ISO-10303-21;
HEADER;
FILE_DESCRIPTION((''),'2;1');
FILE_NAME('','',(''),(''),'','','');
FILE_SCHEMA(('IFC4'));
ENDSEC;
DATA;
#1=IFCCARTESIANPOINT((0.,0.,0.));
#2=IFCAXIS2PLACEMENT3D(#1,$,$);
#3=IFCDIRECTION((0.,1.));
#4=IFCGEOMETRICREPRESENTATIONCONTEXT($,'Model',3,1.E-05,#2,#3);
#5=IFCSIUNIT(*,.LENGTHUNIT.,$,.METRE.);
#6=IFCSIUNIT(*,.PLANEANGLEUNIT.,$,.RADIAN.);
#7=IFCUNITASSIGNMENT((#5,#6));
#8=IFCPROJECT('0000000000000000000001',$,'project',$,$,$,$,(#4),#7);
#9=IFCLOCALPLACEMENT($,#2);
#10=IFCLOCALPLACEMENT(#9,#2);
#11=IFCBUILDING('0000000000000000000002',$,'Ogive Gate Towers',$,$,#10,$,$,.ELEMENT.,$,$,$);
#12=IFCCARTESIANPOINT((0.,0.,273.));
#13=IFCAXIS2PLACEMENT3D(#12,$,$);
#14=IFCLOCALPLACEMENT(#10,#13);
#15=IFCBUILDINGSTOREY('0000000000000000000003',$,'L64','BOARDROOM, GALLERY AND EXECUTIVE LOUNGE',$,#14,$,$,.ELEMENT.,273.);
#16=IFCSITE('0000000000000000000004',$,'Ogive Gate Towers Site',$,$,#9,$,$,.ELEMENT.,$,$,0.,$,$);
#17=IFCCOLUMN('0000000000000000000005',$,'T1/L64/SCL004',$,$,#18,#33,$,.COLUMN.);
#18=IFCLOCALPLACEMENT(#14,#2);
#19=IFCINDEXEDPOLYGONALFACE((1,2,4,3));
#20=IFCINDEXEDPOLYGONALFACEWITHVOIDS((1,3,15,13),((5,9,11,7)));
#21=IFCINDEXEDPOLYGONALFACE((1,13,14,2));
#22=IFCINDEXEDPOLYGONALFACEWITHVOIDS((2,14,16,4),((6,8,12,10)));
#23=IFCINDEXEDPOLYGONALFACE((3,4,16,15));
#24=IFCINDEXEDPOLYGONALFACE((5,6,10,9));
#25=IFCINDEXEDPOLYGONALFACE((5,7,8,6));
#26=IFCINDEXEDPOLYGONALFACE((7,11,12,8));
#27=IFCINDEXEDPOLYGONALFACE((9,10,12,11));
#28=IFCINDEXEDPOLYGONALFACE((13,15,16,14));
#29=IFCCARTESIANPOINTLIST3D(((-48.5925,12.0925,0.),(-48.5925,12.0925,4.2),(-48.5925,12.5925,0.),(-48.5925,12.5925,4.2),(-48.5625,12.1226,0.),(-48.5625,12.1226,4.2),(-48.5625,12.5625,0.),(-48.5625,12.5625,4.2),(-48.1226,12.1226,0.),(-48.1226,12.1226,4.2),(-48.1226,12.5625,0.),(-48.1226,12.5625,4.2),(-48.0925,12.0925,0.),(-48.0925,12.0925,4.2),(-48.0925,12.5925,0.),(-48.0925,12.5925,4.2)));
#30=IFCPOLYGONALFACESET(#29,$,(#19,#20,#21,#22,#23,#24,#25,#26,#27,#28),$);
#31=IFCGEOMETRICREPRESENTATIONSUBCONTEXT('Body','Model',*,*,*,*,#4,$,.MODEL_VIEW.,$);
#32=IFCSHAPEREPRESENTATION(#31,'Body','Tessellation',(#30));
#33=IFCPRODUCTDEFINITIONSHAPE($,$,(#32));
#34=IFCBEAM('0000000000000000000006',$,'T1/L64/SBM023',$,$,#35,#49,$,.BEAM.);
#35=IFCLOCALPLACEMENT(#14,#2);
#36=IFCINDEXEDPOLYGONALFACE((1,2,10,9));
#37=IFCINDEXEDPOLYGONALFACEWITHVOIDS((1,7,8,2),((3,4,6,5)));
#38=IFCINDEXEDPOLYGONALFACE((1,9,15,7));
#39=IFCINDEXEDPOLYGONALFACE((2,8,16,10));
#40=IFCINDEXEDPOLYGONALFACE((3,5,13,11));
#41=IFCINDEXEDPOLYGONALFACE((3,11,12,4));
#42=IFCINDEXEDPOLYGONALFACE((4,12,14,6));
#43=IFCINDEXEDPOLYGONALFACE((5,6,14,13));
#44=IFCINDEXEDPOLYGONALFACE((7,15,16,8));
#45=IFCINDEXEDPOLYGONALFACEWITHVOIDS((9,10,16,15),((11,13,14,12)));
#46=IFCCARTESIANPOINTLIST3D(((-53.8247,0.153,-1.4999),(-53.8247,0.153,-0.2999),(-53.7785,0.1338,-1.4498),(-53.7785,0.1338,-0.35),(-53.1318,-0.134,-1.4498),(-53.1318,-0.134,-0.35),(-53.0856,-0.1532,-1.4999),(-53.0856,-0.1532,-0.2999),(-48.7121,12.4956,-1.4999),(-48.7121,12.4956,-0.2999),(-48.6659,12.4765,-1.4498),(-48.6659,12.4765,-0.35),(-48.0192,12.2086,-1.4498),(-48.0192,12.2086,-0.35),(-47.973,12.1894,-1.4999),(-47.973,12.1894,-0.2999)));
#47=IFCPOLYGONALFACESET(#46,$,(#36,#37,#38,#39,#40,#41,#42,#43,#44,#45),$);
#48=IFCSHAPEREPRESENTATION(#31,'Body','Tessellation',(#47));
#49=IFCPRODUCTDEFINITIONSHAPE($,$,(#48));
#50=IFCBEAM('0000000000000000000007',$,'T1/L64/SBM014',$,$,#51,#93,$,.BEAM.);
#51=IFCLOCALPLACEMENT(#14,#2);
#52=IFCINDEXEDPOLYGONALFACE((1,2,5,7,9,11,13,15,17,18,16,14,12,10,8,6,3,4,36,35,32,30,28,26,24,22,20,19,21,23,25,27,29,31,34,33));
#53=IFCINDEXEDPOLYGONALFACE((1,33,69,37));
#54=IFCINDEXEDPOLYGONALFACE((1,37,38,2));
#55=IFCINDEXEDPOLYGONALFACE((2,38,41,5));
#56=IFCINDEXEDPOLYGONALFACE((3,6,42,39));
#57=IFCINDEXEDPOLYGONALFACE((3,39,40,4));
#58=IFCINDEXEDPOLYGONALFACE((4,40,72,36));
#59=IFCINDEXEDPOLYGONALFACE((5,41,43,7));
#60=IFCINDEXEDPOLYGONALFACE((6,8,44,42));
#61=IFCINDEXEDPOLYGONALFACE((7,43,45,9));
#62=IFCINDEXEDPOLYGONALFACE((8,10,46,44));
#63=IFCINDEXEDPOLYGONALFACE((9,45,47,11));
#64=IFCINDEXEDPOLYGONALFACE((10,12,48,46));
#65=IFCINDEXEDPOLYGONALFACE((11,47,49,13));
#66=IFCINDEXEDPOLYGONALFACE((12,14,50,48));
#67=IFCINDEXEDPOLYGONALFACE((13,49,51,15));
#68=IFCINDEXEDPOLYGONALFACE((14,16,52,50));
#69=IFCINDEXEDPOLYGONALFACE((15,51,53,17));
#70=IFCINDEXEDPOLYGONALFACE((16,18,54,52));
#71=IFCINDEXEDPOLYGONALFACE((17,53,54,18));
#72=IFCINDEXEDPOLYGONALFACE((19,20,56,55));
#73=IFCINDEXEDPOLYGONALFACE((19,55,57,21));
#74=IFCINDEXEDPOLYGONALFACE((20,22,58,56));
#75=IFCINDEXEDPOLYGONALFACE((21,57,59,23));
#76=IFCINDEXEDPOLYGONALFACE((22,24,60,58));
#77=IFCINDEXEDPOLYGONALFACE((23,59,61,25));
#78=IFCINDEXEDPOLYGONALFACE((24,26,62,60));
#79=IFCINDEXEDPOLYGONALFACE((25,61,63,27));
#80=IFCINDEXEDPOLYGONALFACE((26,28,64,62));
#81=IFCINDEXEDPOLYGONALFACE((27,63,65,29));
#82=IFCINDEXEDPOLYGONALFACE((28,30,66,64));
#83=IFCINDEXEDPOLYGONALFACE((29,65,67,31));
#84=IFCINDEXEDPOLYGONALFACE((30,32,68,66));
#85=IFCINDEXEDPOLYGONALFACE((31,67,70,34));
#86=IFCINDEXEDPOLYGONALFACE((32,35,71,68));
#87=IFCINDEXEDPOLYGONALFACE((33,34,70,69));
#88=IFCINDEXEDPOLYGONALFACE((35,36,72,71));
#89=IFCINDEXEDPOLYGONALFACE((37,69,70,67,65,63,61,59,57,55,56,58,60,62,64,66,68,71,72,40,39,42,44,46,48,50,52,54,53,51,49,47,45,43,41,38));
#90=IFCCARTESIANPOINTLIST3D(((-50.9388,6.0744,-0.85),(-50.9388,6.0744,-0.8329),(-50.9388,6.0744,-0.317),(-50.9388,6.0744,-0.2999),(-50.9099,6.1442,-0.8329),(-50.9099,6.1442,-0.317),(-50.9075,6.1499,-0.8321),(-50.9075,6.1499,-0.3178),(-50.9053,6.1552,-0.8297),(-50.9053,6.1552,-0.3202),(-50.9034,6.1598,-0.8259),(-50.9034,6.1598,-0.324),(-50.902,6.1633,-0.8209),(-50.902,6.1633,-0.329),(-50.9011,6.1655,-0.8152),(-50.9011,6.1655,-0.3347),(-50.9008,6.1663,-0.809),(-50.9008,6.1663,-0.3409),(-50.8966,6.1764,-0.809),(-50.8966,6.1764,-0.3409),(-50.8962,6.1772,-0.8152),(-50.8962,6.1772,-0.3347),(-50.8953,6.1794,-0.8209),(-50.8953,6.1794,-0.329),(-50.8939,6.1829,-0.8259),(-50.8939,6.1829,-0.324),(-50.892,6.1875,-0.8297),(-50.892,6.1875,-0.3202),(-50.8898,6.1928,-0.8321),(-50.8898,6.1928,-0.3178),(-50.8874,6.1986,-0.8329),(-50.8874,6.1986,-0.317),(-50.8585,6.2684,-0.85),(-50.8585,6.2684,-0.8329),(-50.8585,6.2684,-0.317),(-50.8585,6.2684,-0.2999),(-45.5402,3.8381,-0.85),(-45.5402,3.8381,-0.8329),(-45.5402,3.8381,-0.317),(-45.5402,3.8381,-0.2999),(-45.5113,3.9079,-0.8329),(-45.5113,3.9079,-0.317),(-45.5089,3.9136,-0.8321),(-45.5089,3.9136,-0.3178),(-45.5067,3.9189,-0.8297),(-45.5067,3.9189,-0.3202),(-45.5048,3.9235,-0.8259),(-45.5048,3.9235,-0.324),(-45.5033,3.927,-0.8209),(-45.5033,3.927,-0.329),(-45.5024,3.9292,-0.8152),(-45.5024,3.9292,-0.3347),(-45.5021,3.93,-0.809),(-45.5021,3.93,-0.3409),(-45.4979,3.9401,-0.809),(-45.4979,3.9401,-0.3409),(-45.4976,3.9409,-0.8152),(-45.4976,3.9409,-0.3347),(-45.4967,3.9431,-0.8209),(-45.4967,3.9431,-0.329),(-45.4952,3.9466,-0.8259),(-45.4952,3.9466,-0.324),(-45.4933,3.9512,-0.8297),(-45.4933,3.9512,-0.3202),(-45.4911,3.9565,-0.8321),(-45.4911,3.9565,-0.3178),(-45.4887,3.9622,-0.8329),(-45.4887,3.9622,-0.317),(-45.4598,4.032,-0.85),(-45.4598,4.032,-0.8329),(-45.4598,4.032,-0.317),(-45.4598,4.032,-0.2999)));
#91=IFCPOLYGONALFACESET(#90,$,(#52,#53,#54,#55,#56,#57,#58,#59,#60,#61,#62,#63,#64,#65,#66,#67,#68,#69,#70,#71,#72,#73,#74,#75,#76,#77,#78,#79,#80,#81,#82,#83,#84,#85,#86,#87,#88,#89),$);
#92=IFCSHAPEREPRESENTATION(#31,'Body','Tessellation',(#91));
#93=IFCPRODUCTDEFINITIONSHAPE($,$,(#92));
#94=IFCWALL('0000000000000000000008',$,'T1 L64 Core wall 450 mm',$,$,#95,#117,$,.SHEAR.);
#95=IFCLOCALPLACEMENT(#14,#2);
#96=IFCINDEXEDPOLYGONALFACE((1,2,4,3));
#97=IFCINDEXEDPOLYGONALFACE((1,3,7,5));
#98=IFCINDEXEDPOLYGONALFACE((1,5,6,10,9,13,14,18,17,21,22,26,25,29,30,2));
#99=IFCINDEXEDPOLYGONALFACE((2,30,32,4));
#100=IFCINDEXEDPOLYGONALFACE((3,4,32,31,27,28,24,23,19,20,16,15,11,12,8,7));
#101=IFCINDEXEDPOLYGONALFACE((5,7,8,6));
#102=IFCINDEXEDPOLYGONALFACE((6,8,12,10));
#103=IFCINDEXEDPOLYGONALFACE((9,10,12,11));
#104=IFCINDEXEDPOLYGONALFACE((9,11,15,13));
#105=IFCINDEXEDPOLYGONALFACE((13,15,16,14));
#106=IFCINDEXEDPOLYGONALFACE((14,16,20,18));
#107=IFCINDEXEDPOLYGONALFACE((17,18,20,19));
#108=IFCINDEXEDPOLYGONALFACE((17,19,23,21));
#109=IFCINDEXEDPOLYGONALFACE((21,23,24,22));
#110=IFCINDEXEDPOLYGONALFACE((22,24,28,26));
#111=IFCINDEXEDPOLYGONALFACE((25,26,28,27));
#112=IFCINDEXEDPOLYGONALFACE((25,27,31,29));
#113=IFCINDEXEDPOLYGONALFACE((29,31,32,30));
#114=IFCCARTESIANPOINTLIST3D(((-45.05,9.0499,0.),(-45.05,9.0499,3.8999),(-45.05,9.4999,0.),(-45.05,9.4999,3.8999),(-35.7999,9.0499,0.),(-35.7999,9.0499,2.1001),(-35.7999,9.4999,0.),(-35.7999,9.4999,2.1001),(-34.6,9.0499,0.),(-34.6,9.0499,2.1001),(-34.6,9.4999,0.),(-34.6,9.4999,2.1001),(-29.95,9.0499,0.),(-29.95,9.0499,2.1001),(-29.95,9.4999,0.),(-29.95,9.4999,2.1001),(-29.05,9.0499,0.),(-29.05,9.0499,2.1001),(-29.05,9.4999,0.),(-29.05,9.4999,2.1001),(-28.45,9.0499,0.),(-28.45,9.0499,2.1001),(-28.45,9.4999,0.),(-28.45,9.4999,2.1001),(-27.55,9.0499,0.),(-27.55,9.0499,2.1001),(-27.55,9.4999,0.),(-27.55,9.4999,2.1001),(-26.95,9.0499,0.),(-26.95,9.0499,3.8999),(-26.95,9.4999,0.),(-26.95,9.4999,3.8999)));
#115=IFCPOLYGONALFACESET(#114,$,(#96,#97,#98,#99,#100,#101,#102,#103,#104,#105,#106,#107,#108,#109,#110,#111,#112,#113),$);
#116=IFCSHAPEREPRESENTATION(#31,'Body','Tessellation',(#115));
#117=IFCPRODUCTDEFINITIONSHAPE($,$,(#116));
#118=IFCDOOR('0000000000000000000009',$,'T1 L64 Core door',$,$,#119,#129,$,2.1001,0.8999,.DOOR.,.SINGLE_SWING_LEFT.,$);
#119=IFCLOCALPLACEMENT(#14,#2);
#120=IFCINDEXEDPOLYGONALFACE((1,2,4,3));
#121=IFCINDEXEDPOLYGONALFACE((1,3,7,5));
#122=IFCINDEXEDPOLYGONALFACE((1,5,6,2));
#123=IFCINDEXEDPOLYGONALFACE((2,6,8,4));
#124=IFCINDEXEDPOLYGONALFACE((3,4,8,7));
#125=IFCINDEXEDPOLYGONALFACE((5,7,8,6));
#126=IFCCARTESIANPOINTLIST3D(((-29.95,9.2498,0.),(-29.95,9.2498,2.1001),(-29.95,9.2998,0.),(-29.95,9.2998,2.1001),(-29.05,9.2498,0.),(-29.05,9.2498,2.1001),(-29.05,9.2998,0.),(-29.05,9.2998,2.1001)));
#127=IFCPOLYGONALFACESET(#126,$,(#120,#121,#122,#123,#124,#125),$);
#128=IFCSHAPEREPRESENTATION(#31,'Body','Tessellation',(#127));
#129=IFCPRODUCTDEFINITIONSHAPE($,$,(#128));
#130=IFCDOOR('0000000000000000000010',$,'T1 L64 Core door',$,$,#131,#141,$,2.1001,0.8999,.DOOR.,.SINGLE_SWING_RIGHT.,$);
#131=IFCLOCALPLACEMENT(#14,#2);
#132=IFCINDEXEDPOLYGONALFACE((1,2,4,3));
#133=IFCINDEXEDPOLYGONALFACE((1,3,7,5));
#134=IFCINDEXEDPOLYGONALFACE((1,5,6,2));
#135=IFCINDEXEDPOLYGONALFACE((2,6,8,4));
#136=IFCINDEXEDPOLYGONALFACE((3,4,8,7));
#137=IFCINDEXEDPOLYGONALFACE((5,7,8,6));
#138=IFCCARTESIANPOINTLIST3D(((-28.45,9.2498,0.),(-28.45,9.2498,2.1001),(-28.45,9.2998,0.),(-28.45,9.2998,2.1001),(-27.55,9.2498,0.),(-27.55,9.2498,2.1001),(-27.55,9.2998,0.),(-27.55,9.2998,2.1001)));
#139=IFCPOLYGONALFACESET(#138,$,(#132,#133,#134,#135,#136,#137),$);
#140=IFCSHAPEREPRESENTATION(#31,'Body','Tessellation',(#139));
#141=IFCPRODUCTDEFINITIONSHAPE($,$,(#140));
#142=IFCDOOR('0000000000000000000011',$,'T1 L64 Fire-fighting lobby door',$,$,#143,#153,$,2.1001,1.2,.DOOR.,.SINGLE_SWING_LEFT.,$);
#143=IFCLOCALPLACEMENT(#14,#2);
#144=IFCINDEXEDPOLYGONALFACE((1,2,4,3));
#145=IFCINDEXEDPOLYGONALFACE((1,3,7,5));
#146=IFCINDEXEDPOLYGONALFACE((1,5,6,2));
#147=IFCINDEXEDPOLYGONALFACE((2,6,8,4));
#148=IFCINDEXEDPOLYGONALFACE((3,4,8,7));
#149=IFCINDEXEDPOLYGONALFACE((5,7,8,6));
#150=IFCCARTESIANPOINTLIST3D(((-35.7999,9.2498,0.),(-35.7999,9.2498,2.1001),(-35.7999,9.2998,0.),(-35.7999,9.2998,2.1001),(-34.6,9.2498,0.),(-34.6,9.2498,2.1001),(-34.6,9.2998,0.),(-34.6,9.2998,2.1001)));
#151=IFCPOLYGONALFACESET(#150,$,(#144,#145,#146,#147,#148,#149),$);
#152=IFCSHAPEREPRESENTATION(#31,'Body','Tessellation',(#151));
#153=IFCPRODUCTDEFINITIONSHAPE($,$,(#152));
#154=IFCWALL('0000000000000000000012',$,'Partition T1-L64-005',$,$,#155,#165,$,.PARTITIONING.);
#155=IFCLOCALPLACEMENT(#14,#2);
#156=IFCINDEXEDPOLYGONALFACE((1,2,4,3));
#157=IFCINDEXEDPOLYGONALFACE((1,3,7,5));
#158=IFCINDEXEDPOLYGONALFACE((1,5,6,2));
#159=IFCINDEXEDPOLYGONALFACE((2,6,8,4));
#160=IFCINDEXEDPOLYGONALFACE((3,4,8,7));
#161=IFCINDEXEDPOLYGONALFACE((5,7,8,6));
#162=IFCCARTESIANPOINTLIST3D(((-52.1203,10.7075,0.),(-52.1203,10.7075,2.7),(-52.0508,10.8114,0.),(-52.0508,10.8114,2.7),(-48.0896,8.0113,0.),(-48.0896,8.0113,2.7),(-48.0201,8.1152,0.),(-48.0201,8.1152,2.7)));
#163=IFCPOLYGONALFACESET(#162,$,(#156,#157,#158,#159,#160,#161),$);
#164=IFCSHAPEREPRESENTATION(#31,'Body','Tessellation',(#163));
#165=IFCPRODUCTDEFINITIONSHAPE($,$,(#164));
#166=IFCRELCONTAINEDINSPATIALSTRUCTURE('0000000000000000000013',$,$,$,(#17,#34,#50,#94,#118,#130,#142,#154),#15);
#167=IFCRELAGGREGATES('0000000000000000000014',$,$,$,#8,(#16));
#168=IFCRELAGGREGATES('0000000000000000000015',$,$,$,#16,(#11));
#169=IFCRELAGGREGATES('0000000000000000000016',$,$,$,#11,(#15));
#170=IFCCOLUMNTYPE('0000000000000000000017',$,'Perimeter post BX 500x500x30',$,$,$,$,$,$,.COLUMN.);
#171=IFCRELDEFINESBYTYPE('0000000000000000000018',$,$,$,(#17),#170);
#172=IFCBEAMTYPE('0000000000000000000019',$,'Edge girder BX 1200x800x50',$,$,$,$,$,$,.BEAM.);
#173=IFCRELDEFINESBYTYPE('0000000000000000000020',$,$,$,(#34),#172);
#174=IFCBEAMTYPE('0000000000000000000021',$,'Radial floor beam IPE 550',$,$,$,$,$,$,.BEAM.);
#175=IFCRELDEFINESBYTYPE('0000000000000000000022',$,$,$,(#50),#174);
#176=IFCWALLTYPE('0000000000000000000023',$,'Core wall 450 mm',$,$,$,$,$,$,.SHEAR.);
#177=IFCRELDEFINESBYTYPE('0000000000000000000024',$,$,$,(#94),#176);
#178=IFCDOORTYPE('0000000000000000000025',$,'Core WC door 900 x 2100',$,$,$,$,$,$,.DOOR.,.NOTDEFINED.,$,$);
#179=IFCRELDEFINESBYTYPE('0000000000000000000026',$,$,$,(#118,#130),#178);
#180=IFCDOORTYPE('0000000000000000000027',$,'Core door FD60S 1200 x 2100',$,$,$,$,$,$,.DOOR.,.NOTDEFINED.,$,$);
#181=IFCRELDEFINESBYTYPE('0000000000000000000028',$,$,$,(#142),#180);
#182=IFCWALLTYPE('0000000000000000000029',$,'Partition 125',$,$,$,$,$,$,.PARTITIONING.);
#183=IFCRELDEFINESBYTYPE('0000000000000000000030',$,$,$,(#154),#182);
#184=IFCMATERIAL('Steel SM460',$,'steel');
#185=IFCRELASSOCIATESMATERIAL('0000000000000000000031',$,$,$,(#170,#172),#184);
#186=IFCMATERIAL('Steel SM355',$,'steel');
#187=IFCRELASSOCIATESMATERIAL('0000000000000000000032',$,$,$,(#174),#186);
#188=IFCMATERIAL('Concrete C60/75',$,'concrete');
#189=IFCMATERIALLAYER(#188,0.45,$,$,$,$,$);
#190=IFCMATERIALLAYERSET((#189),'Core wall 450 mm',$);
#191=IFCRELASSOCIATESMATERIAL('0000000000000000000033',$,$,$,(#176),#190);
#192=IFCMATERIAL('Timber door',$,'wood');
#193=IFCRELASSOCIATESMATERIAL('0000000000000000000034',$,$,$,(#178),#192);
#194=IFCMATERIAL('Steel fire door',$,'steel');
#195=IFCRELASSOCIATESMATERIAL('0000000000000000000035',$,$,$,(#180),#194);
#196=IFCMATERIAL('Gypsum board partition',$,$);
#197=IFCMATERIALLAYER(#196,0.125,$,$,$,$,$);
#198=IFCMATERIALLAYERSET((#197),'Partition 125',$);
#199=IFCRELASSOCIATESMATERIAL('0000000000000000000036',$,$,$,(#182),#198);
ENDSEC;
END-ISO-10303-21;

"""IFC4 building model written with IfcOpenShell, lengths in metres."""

from ifc_helpers import new_model, si_unit, direction, frame, frame_2d, origin, origin_2d, place, context, subcontext, project, spatial, rectangle, hollow_rectangle, i_section, extrude, material, layer, layer_set, material_profile, profile_set, type_object, element, fill, save


model = new_model("IFC4")

# Units and contexts
model_context = context("Model", 3, precision=1e-05, world=origin(), true_north=direction((0.0, 1.0)))
body_context = subcontext(model_context, "Body", "Model", "MODEL_VIEW")
ifc_project = project(units=[si_unit("LENGTHUNIT", "METRE"), si_unit("PLANEANGLEUNIT", "RADIAN")], contexts=[model_context])

# Site, building, storey
site_placement = place(None, origin())
site = spatial("IfcSite", under=ifc_project, at=site_placement, Name="Ogive Gate Towers Site", CompositionType="ELEMENT", RefElevation=0.0)
building_placement = place(site_placement, origin())
building = spatial("IfcBuilding", under=site, at=building_placement, Name="Ogive Gate Towers", CompositionType="ELEMENT")
storey_placement = place(building_placement, frame((0.0, 0.0, 273.0)))
storey = spatial("IfcBuildingStorey", under=building, at=storey_placement, Name="L64", Description="BOARDROOM, GALLERY AND EXECUTIVE LOUNGE", CompositionType="ELEMENT", Elevation=273.0)

# Column
ifc_material_1 = material(Name="Steel SM460", Category="steel")
ifc_material_profile_1 = material_profile(ifc_material_1, hollow_rectangle(XDim=0.5, YDim=0.5, WallThickness=0.03, at=origin_2d()), Name="BX 500x500x30")
ifc_profile_set_1 = profile_set([ifc_material_profile_1], Name="Steel SM460")
column_type = type_object("IfcColumnType", Name="Perimeter post BX 500x500x30", PredefinedType="COLUMN", material=ifc_profile_set_1)
column_placement = place(storey_placement, frame((-48.3425, 12.3425, 0.0), z_axis=(0.0, 0.0, 1.0), x_axis=(1.0, 0.0, 0.0)))
element("IfcColumn", 1, at=column_placement, inside=storey, type_object=column_type, Name="T1/L64/SCL004", PredefinedType="COLUMN", context=body_context, shape_type="SweptSolid", body=[
    extrude(hollow_rectangle(XDim=0.5, YDim=0.5, WallThickness=0.03, at=origin_2d()), origin(), (0.0, 0.0, 1.0), 4.2),
])

# Beams
ifc_material_profile_2 = material_profile(ifc_material_1, hollow_rectangle(XDim=0.8, YDim=1.2, WallThickness=0.05, at=origin_2d()), Name="BX 1200x800x50")
ifc_profile_set_2 = profile_set([ifc_material_profile_2], Name="Steel SM460")
beam_type_1 = type_object("IfcBeamType", Name="Edge girder BX 1200x800x50", PredefinedType="BEAM", material=ifc_profile_set_2)
beam_1_placement = place(storey_placement, frame((-48.3425, 12.3425, -0.8999), z_axis=(-0.38269, -0.923877, 0.0), x_axis=(0.923877, -0.38269, 0.0)))
element("IfcBeam", 2, at=beam_1_placement, inside=storey, type_object=beam_type_1, Name="T1/L64/SBM023", PredefinedType="BEAM", context=body_context, shape_type="SweptSolid", body=[
    extrude(hollow_rectangle(XDim=0.8, YDim=1.2, WallThickness=0.05, at=origin_2d()), origin(), (0.0, 0.0, 1.0), 13.3596),
])
ifc_material_2 = material(Name="Steel SM355", Category="steel")
ifc_material_profile_3 = material_profile(ifc_material_2, i_section(OverallWidth=0.21, OverallDepth=0.55, WebThickness=0.011, FlangeThickness=0.0171, FilletRadius=0.0239, at=origin_2d()), Name="IPE 550")
ifc_profile_set_3 = profile_set([ifc_material_profile_3], Name="Steel SM355")
beam_type_2 = type_object("IfcBeamType", Name="Radial floor beam IPE 550", PredefinedType="BEAM", material=ifc_profile_set_3)
beam_2_placement = place(storey_placement, frame((-45.5, 3.9351, -0.575), z_axis=(-0.923872, 0.382701, 0.0), x_axis=(-0.382701, -0.923872, 0.0)))
element("IfcBeam", 3, at=beam_2_placement, inside=storey, type_object=beam_type_2, Name="T1/L64/SBM014", PredefinedType="BEAM", context=body_context, shape_type="SweptSolid", body=[
    extrude(i_section(OverallWidth=0.21, OverallDepth=0.55, WebThickness=0.011, FlangeThickness=0.0171, FilletRadius=0.0239, at=origin_2d()), origin(), (0.0, 0.0, 1.0), 5.8435),
])

# Wall, openings, doors
ifc_material_3 = material(Name="Concrete C60/75", Category="concrete")
ifc_layer_1 = layer(ifc_material_3, 0.45)
ifc_layer_set_1 = layer_set([ifc_layer_1], Name="Core wall 450 mm")
wall_type_1 = type_object("IfcWallType", Name="Core wall 450 mm", PredefinedType="SHEAR", material=ifc_layer_set_1)
wall_1_placement = place(storey_placement, frame((-45.05, 9.2749, 0.0), z_axis=(0.0, 0.0, 1.0), x_axis=(1.0, 0.0, 0.0)))
wall_1 = element("IfcWall", 4, at=wall_1_placement, inside=storey, type_object=wall_type_1, Name="T1 L64 Core wall 450 mm", PredefinedType="SHEAR", context=body_context, shape_type="SweptSolid", body=[
    extrude(rectangle(XDim=18.1001, YDim=0.45, at=frame_2d((9.05, 0.0))), origin(), (0.0, 0.0, 1.0), 3.8999),
])
opening_1_placement = place(wall_1_placement, frame((9.25, 0.0, 0.0)))
opening_1 = element("IfcOpeningElement", 5, at=opening_1_placement, cuts=wall_1, PredefinedType="OPENING", context=body_context, shape_type="SweptSolid", body=[
    extrude(rectangle(XDim=1.2, YDim=2.1001, at=frame_2d((0.6001, 1.05))), frame((0.0, 0.2349, 0.0), z_axis=(0.0, -1.0, 0.0), x_axis=(1.0, 0.0, 0.0)), (0.0, 0.0, 1.0), 0.47),
])
opening_2_placement = place(wall_1_placement, frame((15.1001, 0.0, 0.0)))
opening_2 = element("IfcOpeningElement", 6, at=opening_2_placement, cuts=wall_1, PredefinedType="OPENING", context=body_context, shape_type="SweptSolid", body=[
    extrude(rectangle(XDim=0.8999, YDim=2.1001, at=frame_2d((0.45, 1.05))), frame((0.0, 0.2349, 0.0), z_axis=(0.0, -1.0, 0.0), x_axis=(1.0, 0.0, 0.0)), (0.0, 0.0, 1.0), 0.47),
])
opening_3_placement = place(wall_1_placement, frame((16.6001, 0.0, 0.0)))
opening_3 = element("IfcOpeningElement", 7, at=opening_3_placement, cuts=wall_1, PredefinedType="OPENING", context=body_context, shape_type="SweptSolid", body=[
    extrude(rectangle(XDim=0.8999, YDim=2.1001, at=frame_2d((0.45, 1.05))), frame((0.0, 0.2349, 0.0), z_axis=(0.0, -1.0, 0.0), x_axis=(1.0, 0.0, 0.0)), (0.0, 0.0, 1.0), 0.47),
])
ifc_material_4 = material(Name="Timber door", Category="wood")
door_type_1 = type_object("IfcDoorType", Name="Core WC door 900 x 2100", OperationType="NOTDEFINED", PredefinedType="DOOR", material=ifc_material_4)
door_1_placement = place(opening_2_placement, origin())
door_1 = element("IfcDoor", 8, at=door_1_placement, inside=storey, type_object=door_type_1, Name="T1 L64 Core door", OperationType="SINGLE_SWING_LEFT", OverallHeight=2.1001, OverallWidth=0.8999, PredefinedType="DOOR", context=body_context, shape_type="SweptSolid", body=[
    extrude(rectangle(XDim=0.8999, YDim=2.1001, at=frame_2d((0.45, 1.05))), frame((0.0, 0.0249, 0.0), z_axis=(0.0, -1.0, 0.0), x_axis=(1.0, 0.0, 0.0)), (0.0, 0.0, 1.0), 0.05),
])
fill(opening_2, door_1)
door_2_placement = place(opening_3_placement, origin())
door_2 = element("IfcDoor", 9, at=door_2_placement, inside=storey, type_object=door_type_1, Name="T1 L64 Core door", OperationType="SINGLE_SWING_RIGHT", OverallHeight=2.1001, OverallWidth=0.8999, PredefinedType="DOOR", context=body_context, shape_type="SweptSolid", body=[
    extrude(rectangle(XDim=0.8999, YDim=2.1001, at=frame_2d((0.45, 1.05))), frame((0.0, 0.0249, 0.0), z_axis=(0.0, -1.0, 0.0), x_axis=(1.0, 0.0, 0.0)), (0.0, 0.0, 1.0), 0.05),
])
fill(opening_3, door_2)
ifc_material_5 = material(Name="Steel fire door", Category="steel")
door_type_2 = type_object("IfcDoorType", Name="Core door FD60S 1200 x 2100", OperationType="NOTDEFINED", PredefinedType="DOOR", material=ifc_material_5)
door_3_placement = place(opening_1_placement, origin())
door_3 = element("IfcDoor", 10, at=door_3_placement, inside=storey, type_object=door_type_2, Name="T1 L64 Fire-fighting lobby door", OperationType="SINGLE_SWING_LEFT", OverallHeight=2.1001, OverallWidth=1.2, PredefinedType="DOOR", context=body_context, shape_type="SweptSolid", body=[
    extrude(rectangle(XDim=1.2, YDim=2.1001, at=frame_2d((0.6001, 1.05))), frame((0.0, 0.0249, 0.0), z_axis=(0.0, -1.0, 0.0), x_axis=(1.0, 0.0, 0.0)), (0.0, 0.0, 1.0), 0.05),
])
fill(opening_1, door_3)

# Wall
ifc_material_6 = material(Name="Gypsum board partition")
ifc_layer_2 = layer(ifc_material_6, 0.125)
ifc_layer_set_2 = layer_set([ifc_layer_2], Name="Partition 125")
wall_type_2 = type_object("IfcWallType", Name="Partition 125", PredefinedType="PARTITIONING", material=ifc_layer_set_2)
wall_2_placement = place(storey_placement, frame((-52.0857, 10.7595, 0.0), z_axis=(0.0, 0.0, 1.0), x_axis=(0.831182, -0.556001, 0.0)))
element("IfcWall", 11, at=wall_2_placement, inside=storey, type_object=wall_type_2, Name="Partition T1-L64-005", PredefinedType="PARTITIONING", context=body_context, shape_type="SweptSolid", body=[
    extrude(rectangle(XDim=4.8494, YDim=0.125, at=frame_2d((2.4248, 0.0))), origin(), (0.0, 0.0, 1.0), 2.7),
])

save(model, "model.ifc")
